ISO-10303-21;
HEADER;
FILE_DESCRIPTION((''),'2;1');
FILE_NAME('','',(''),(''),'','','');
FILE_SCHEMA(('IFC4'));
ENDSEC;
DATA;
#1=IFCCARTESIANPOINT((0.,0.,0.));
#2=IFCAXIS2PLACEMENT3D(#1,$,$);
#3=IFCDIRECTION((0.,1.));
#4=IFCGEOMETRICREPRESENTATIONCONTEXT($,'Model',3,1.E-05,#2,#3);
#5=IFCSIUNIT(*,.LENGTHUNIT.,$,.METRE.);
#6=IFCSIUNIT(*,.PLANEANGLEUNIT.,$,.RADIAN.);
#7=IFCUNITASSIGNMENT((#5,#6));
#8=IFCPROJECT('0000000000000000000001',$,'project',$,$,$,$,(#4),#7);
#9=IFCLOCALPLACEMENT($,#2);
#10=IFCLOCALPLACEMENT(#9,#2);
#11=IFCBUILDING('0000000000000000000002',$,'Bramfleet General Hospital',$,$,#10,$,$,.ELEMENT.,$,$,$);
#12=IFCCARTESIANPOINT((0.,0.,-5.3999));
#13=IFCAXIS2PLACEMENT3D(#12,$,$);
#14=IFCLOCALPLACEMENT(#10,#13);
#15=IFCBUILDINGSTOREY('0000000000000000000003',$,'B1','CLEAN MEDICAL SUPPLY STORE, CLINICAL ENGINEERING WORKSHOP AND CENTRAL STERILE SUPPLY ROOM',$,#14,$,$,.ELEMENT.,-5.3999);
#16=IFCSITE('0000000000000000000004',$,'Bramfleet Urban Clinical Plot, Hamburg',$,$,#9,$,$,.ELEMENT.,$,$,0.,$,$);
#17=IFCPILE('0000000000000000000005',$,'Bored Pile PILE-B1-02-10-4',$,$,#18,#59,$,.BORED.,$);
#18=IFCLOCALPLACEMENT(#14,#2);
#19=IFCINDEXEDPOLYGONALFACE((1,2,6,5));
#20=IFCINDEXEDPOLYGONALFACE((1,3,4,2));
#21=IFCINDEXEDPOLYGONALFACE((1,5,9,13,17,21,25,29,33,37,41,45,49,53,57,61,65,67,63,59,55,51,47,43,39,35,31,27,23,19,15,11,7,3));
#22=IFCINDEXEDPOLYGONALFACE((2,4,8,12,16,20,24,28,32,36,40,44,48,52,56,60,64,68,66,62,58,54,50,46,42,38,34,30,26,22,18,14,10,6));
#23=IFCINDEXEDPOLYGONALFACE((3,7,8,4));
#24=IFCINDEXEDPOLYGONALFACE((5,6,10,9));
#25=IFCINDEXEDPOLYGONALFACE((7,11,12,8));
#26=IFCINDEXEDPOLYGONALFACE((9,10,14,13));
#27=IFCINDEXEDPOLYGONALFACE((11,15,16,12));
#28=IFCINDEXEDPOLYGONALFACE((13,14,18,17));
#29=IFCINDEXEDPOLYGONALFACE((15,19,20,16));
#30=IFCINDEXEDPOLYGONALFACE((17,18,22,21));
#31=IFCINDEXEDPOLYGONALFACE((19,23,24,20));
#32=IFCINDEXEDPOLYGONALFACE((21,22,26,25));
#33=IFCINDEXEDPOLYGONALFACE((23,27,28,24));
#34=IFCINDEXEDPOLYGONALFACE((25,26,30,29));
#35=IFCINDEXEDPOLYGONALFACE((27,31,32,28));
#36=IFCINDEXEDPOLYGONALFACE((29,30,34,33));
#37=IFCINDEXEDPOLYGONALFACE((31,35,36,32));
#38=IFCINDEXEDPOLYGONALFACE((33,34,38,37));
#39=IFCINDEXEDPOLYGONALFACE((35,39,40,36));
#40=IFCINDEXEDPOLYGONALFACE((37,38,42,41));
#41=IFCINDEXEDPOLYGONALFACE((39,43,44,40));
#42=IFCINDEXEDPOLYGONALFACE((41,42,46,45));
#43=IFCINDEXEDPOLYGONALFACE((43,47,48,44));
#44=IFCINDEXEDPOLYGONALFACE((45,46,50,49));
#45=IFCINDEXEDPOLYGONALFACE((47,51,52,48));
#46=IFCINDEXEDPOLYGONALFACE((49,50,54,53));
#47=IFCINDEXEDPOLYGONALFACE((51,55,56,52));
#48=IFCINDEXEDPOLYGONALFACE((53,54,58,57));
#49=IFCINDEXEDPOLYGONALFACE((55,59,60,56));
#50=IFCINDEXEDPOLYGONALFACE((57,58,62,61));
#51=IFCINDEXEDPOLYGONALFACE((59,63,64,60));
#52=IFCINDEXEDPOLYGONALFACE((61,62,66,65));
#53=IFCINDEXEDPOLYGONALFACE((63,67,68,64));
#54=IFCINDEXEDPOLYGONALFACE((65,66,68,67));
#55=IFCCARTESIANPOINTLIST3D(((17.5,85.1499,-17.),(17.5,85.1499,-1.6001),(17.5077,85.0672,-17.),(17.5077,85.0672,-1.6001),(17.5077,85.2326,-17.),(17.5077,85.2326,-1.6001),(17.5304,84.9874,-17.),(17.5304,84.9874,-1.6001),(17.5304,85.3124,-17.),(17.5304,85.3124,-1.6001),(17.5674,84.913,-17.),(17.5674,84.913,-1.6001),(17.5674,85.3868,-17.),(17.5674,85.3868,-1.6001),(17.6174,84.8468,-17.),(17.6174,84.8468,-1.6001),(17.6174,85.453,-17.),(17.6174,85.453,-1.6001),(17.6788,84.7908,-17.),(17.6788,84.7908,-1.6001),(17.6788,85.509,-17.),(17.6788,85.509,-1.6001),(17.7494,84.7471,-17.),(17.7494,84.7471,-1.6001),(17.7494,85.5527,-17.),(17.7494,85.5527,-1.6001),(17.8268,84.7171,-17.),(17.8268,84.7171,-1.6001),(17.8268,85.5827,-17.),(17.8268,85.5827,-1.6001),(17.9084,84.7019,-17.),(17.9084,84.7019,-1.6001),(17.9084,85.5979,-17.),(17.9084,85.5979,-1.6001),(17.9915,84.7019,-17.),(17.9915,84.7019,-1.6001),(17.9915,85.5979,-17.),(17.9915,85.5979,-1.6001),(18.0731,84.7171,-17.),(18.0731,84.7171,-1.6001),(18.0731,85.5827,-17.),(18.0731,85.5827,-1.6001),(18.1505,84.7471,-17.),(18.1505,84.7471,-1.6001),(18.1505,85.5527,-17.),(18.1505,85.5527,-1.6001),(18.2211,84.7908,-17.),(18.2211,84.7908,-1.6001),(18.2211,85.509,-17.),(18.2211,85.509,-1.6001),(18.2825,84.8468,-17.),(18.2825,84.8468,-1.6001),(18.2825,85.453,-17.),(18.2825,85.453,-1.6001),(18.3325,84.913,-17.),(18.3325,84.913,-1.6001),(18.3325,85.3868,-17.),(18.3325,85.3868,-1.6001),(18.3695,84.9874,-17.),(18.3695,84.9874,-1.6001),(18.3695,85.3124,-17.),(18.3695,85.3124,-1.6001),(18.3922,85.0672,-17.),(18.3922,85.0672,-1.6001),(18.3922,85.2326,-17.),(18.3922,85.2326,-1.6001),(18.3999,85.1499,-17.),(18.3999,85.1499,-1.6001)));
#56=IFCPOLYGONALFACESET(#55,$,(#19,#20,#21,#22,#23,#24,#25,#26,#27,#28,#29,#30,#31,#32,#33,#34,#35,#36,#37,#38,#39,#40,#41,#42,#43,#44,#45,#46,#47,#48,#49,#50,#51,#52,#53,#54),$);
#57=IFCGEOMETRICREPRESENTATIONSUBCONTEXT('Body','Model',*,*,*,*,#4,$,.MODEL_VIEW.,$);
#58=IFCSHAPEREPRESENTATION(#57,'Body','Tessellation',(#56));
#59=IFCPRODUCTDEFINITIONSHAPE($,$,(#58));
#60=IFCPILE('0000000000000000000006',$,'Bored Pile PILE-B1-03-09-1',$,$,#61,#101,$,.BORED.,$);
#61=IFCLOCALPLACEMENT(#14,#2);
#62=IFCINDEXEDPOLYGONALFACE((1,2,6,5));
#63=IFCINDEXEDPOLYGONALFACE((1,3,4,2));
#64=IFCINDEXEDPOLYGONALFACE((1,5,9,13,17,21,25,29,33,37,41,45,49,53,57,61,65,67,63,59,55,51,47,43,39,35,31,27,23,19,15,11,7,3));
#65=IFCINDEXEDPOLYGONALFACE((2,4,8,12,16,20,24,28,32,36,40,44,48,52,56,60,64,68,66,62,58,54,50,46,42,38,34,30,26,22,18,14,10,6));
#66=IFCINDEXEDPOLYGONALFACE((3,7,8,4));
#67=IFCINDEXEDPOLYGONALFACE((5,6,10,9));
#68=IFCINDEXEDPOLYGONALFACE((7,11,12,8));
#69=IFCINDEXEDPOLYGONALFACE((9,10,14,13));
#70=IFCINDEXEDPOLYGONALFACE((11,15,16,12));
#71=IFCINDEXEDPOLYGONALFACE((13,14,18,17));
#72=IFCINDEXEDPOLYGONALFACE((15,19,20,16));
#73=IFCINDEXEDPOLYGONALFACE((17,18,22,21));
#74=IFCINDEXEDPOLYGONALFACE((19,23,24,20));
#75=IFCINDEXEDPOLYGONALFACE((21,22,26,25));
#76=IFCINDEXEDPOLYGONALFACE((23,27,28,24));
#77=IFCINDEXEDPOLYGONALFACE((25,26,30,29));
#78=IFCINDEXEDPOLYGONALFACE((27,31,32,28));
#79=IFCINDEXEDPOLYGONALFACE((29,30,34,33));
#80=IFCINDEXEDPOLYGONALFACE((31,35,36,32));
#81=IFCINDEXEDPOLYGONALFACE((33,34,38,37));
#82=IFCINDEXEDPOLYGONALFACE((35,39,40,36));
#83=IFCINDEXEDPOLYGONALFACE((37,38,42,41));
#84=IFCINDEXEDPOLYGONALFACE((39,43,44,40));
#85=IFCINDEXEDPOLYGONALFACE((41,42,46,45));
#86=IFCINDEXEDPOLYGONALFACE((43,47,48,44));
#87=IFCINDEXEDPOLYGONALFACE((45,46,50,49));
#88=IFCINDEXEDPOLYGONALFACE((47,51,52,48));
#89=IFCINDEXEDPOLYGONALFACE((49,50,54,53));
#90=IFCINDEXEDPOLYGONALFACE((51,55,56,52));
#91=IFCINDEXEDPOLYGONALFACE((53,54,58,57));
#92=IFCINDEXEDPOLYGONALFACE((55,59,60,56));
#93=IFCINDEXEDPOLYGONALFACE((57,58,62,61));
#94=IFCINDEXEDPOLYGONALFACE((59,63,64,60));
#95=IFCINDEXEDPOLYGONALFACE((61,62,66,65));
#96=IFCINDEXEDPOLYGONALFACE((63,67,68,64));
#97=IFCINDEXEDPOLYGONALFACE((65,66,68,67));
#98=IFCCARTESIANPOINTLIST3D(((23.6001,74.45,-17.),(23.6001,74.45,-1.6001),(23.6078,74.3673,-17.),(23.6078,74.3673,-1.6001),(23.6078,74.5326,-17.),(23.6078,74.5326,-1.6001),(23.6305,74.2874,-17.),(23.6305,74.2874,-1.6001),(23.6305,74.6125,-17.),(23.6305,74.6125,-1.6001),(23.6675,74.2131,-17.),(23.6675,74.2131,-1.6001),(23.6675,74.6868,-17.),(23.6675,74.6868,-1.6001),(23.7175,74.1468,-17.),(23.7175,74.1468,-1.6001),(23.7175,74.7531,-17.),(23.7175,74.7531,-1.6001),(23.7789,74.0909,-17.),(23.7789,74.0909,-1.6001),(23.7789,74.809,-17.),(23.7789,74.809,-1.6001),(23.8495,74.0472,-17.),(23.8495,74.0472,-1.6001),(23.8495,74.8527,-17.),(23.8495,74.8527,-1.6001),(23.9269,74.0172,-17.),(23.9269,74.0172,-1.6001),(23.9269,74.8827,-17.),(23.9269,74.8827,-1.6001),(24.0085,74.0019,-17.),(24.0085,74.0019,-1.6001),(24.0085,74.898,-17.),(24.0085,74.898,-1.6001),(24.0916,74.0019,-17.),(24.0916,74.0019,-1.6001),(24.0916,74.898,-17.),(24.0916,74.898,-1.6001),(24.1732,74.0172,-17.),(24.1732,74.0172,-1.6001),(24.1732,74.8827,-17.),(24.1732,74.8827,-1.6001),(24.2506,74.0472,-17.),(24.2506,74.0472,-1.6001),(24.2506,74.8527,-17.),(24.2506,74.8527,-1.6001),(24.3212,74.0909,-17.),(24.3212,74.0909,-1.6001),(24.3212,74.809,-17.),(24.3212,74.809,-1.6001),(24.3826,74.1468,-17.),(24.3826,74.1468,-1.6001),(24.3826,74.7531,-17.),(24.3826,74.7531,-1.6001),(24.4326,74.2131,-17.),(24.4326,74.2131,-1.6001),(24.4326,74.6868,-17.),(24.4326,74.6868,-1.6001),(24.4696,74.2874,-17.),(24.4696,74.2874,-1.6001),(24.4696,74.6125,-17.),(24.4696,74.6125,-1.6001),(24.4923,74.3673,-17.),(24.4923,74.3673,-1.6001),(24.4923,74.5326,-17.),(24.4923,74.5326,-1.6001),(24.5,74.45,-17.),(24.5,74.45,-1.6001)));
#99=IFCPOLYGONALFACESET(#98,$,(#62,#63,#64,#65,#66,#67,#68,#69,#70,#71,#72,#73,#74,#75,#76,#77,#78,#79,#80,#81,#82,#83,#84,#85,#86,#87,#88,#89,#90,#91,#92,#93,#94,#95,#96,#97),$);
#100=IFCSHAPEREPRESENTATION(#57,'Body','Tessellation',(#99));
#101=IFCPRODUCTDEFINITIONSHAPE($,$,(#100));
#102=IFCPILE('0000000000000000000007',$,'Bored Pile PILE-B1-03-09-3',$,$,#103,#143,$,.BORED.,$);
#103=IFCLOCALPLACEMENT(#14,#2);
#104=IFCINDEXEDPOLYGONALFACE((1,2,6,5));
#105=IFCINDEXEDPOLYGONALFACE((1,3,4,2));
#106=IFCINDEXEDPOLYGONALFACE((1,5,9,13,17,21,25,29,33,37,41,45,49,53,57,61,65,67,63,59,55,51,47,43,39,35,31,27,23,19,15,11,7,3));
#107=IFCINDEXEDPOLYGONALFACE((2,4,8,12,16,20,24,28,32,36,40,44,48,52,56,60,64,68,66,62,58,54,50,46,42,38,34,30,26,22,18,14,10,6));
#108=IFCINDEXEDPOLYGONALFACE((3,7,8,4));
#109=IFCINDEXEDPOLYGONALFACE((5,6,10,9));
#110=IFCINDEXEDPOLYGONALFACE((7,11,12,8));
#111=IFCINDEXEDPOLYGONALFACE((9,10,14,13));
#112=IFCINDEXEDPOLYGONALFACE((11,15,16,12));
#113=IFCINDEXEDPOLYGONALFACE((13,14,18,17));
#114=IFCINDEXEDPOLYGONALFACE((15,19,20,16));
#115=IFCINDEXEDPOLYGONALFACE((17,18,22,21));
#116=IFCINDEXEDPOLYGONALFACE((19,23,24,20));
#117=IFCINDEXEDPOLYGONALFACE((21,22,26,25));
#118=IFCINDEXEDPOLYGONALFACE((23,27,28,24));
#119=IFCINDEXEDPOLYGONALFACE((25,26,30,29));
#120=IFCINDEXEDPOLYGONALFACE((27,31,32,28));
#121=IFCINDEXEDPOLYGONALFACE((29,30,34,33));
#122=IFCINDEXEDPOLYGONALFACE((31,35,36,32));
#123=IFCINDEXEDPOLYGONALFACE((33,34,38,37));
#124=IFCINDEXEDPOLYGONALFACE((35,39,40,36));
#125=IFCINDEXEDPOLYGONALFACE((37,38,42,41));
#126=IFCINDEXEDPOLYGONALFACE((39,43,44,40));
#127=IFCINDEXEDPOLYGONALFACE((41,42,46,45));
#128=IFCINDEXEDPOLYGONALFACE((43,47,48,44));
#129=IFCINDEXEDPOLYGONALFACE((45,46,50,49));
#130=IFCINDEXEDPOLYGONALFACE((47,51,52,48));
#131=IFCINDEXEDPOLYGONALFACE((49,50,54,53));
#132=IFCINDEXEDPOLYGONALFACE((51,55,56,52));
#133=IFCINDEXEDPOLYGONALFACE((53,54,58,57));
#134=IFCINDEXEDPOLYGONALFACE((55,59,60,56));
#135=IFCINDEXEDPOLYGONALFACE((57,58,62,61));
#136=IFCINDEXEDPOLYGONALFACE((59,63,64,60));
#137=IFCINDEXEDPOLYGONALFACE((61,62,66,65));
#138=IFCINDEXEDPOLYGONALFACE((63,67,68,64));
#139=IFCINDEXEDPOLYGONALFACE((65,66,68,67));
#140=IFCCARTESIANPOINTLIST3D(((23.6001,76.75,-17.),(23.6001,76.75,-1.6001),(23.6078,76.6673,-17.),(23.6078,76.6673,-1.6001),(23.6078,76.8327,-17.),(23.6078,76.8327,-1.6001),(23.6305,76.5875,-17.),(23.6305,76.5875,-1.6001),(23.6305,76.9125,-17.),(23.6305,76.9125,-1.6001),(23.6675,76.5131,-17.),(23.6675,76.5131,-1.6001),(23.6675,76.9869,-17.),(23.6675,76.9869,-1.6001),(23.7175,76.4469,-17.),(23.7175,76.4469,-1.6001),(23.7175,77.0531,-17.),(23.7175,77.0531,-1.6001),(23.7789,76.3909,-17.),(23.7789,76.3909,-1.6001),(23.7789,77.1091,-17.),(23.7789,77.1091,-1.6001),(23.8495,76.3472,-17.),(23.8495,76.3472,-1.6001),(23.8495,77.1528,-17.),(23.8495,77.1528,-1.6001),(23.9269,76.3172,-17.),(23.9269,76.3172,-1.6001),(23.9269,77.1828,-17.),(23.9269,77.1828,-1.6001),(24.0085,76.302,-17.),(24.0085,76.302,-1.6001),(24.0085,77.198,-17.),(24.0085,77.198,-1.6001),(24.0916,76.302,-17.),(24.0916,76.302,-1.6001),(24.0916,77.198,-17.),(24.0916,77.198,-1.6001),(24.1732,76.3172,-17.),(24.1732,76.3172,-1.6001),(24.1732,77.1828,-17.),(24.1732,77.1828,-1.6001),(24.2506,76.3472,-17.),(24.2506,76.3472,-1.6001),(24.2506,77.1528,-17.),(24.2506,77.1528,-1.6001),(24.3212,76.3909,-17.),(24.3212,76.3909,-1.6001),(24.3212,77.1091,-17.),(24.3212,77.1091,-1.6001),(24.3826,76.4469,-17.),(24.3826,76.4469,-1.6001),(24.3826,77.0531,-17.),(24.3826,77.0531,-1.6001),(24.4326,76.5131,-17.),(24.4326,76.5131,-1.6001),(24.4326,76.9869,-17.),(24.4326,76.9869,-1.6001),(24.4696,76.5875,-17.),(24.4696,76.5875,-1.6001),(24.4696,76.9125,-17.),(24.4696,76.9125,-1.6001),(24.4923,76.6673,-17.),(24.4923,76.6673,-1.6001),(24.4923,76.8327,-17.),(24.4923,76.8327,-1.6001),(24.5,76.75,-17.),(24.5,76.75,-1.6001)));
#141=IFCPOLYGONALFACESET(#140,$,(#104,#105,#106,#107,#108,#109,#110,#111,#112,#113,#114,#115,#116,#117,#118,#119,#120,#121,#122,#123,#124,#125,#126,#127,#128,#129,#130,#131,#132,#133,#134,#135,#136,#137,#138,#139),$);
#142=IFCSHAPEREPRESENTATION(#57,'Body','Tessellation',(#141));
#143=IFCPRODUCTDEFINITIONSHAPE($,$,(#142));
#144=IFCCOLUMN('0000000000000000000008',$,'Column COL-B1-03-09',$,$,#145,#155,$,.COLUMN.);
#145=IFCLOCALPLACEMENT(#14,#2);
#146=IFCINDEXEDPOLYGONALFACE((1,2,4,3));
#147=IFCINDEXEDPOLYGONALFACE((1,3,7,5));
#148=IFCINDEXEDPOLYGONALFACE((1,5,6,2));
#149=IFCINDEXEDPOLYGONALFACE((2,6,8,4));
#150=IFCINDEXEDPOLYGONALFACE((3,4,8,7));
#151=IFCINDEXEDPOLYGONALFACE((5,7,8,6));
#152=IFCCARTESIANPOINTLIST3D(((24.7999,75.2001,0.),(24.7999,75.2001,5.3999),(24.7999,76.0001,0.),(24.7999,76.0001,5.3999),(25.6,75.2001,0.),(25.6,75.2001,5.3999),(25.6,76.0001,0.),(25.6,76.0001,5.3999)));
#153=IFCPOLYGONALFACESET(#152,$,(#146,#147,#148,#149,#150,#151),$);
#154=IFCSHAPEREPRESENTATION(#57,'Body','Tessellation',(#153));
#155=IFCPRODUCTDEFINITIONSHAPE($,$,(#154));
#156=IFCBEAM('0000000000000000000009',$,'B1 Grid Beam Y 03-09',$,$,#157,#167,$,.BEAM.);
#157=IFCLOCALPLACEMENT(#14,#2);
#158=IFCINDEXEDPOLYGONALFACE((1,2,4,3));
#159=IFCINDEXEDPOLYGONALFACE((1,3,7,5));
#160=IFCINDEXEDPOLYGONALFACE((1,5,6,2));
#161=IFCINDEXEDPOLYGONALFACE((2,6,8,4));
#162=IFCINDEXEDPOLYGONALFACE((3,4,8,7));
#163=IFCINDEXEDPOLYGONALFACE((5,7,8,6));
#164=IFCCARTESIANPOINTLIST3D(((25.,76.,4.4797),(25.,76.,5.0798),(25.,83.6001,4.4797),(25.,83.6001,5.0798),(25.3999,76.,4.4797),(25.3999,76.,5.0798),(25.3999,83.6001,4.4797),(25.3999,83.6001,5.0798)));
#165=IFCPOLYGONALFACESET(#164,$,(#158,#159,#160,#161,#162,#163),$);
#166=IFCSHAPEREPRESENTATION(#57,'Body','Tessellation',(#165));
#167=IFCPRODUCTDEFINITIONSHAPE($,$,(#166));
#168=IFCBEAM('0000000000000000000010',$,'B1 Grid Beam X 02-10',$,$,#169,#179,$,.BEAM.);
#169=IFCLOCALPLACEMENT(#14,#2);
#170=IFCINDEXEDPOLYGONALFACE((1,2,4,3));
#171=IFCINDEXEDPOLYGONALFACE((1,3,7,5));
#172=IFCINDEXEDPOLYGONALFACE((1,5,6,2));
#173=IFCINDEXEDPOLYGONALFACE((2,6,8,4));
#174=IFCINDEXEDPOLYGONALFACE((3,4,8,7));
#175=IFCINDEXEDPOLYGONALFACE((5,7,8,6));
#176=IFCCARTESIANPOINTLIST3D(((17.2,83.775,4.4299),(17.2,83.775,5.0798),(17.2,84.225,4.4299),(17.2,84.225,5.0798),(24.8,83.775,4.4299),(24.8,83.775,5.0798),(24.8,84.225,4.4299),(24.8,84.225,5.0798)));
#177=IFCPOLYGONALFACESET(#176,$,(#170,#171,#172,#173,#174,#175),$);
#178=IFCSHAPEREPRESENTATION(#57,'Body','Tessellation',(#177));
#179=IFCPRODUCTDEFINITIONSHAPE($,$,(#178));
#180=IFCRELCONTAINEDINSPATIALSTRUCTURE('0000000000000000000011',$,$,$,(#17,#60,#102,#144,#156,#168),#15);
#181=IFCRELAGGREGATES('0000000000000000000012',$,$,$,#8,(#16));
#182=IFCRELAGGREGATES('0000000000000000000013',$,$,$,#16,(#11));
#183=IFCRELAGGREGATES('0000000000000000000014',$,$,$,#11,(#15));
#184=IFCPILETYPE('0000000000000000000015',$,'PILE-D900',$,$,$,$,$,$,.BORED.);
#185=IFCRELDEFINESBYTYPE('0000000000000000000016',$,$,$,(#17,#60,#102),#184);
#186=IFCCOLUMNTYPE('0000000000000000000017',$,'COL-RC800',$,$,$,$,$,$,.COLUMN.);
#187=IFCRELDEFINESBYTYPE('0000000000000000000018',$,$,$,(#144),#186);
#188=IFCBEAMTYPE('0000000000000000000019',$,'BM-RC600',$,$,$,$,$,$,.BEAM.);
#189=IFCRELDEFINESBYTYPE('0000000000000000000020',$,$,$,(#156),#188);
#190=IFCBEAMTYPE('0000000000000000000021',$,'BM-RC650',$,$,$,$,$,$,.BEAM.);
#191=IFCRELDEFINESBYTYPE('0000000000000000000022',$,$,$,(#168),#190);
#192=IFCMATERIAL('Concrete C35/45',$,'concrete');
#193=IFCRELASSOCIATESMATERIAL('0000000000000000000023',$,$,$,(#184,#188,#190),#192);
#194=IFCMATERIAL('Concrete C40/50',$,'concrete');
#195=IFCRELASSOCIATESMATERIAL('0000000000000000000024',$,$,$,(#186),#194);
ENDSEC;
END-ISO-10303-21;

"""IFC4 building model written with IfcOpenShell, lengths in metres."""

from ifc_helpers import new_model, si_unit, direction, frame, origin, origin_2d, place, context, subcontext, project, spatial, rectangle, circle, extrude, material, material_profile, profile_set, type_object, element, save


model = new_model("IFC4")

# Units and contexts
model_context = context("Model", 3, precision=1e-05, world=origin(), true_north=direction((0.0, 1.0)))
body_context = subcontext(model_context, "Body", "Model", "MODEL_VIEW")
ifc_project = project(units=[si_unit("LENGTHUNIT", "METRE"), si_unit("PLANEANGLEUNIT", "RADIAN")], contexts=[model_context])

# Site, building, storey
site_placement = place(None, origin())
site = spatial("IfcSite", under=ifc_project, at=site_placement, Name="Bramfleet Urban Clinical Plot, Hamburg", CompositionType="ELEMENT", RefElevation=0.0)
building_placement = place(site_placement, origin())
building = spatial("IfcBuilding", under=site, at=building_placement, Name="Bramfleet General Hospital", CompositionType="ELEMENT")
storey_placement = place(building_placement, frame((0.0, 0.0, -5.3999)))
storey = spatial("IfcBuildingStorey", under=building, at=storey_placement, Name="B1", Description="CLEAN MEDICAL SUPPLY STORE, CLINICAL ENGINEERING WORKSHOP AND CENTRAL STERILE SUPPLY ROOM", CompositionType="ELEMENT", Elevation=-5.3999)

# Shared definitions
ifc_material_1 = material(Name="Concrete C35/45", Category="concrete")

# Piles
ifc_material_profile_1 = material_profile(ifc_material_1, circle(Radius=0.45, at=origin_2d()), Name="PILE BORED D900")
ifc_profile_set_1 = profile_set([ifc_material_profile_1], Name="Concrete C35/45")
pile_type_1 = type_object("IfcPileType", Name="PILE-D900", PredefinedType="BORED", material=ifc_profile_set_1)
for number, where, z_axis, x_axis, name in (
    (1, (17.95, 85.1499, -1.6001), (0.0, 0.0, -1.0), (1.0, 0.0, 0.0), "Bored Pile PILE-B1-02-10-4"),
    (2, (24.05, 74.45, -1.6001), (0.0, 0.0, -1.0), (1.0, 0.0, 0.0), "Bored Pile PILE-B1-03-09-1"),
    (3, (24.05, 76.75, -1.6001), (0.0, 0.0, -1.0), (1.0, 0.0, 0.0), "Bored Pile PILE-B1-03-09-3"),
):
    element("IfcPile", number, at=place(storey_placement, frame(where, z_axis=z_axis, x_axis=x_axis)), inside=storey, type_object=pile_type_1, Name=name, PredefinedType="BORED", context=body_context, shape_type="SweptSolid", body=[
        extrude(circle(Radius=0.45, at=origin_2d()), origin(), (0.0, 0.0, 1.0), 15.3999),
    ])

# Column
ifc_material_2 = material(Name="Concrete C40/50", Category="concrete")
ifc_material_profile_2 = material_profile(ifc_material_2, rectangle(XDim=0.8, YDim=0.8, at=origin_2d()), Name="RC COL 800x800")
ifc_profile_set_2 = profile_set([ifc_material_profile_2], Name="Concrete C40/50")
column_type = type_object("IfcColumnType", Name="COL-RC800", PredefinedType="COLUMN", material=ifc_profile_set_2)
column_placement = place(storey_placement, frame((25.2, 75.6001, 0.0), z_axis=(0.0, 0.0, 1.0), x_axis=(1.0, 0.0, 0.0)))
element("IfcColumn", 4, at=column_placement, inside=storey, type_object=column_type, Name="Column COL-B1-03-09", PredefinedType="COLUMN", context=body_context, shape_type="SweptSolid", body=[
    extrude(rectangle(XDim=0.8, YDim=0.8, at=origin_2d()), origin(), (0.0, 0.0, 1.0), 5.3999),
])

# Beams
ifc_material_profile_3 = material_profile(ifc_material_1, rectangle(XDim=0.3999, YDim=0.6001, at=origin_2d()), Name="RC BM 600x400")
ifc_profile_set_3 = profile_set([ifc_material_profile_3], Name="Concrete C35/45")
beam_type_1 = type_object("IfcBeamType", Name="BM-RC600", PredefinedType="BEAM", material=ifc_profile_set_3)
beam_1_placement = place(storey_placement, frame((25.2, 76.0, 4.7798), z_axis=(0.0, 1.0, 0.0), x_axis=(-1.0, 0.0, 0.0)))
element("IfcBeam", 5, at=beam_1_placement, inside=storey, type_object=beam_type_1, Name="B1 Grid Beam Y 03-09", PredefinedType="BEAM", context=body_context, shape_type="SweptSolid", body=[
    extrude(rectangle(XDim=0.3999, YDim=0.6001, at=origin_2d()), origin(), (0.0, 0.0, 1.0), 7.6001),
])
ifc_material_profile_4 = material_profile(ifc_material_1, rectangle(XDim=0.45, YDim=0.6499, at=origin_2d()), Name="RC BM 650x450")
ifc_profile_set_4 = profile_set([ifc_material_profile_4], Name="Concrete C35/45")
beam_type_2 = type_object("IfcBeamType", Name="BM-RC650", PredefinedType="BEAM", material=ifc_profile_set_4)
beam_2_placement = place(storey_placement, frame((17.2, 84.0, 4.7549), z_axis=(1.0, 0.0, 0.0), x_axis=(0.0, 1.0, 0.0)))
element("IfcBeam", 6, at=beam_2_placement, inside=storey, type_object=beam_type_2, Name="B1 Grid Beam X 02-10", PredefinedType="BEAM", context=body_context, shape_type="SweptSolid", body=[
    extrude(rectangle(XDim=0.45, YDim=0.6499, at=origin_2d()), origin(), (0.0, 0.0, 1.0), 7.6001),
])

save(model, "model.ifc")
